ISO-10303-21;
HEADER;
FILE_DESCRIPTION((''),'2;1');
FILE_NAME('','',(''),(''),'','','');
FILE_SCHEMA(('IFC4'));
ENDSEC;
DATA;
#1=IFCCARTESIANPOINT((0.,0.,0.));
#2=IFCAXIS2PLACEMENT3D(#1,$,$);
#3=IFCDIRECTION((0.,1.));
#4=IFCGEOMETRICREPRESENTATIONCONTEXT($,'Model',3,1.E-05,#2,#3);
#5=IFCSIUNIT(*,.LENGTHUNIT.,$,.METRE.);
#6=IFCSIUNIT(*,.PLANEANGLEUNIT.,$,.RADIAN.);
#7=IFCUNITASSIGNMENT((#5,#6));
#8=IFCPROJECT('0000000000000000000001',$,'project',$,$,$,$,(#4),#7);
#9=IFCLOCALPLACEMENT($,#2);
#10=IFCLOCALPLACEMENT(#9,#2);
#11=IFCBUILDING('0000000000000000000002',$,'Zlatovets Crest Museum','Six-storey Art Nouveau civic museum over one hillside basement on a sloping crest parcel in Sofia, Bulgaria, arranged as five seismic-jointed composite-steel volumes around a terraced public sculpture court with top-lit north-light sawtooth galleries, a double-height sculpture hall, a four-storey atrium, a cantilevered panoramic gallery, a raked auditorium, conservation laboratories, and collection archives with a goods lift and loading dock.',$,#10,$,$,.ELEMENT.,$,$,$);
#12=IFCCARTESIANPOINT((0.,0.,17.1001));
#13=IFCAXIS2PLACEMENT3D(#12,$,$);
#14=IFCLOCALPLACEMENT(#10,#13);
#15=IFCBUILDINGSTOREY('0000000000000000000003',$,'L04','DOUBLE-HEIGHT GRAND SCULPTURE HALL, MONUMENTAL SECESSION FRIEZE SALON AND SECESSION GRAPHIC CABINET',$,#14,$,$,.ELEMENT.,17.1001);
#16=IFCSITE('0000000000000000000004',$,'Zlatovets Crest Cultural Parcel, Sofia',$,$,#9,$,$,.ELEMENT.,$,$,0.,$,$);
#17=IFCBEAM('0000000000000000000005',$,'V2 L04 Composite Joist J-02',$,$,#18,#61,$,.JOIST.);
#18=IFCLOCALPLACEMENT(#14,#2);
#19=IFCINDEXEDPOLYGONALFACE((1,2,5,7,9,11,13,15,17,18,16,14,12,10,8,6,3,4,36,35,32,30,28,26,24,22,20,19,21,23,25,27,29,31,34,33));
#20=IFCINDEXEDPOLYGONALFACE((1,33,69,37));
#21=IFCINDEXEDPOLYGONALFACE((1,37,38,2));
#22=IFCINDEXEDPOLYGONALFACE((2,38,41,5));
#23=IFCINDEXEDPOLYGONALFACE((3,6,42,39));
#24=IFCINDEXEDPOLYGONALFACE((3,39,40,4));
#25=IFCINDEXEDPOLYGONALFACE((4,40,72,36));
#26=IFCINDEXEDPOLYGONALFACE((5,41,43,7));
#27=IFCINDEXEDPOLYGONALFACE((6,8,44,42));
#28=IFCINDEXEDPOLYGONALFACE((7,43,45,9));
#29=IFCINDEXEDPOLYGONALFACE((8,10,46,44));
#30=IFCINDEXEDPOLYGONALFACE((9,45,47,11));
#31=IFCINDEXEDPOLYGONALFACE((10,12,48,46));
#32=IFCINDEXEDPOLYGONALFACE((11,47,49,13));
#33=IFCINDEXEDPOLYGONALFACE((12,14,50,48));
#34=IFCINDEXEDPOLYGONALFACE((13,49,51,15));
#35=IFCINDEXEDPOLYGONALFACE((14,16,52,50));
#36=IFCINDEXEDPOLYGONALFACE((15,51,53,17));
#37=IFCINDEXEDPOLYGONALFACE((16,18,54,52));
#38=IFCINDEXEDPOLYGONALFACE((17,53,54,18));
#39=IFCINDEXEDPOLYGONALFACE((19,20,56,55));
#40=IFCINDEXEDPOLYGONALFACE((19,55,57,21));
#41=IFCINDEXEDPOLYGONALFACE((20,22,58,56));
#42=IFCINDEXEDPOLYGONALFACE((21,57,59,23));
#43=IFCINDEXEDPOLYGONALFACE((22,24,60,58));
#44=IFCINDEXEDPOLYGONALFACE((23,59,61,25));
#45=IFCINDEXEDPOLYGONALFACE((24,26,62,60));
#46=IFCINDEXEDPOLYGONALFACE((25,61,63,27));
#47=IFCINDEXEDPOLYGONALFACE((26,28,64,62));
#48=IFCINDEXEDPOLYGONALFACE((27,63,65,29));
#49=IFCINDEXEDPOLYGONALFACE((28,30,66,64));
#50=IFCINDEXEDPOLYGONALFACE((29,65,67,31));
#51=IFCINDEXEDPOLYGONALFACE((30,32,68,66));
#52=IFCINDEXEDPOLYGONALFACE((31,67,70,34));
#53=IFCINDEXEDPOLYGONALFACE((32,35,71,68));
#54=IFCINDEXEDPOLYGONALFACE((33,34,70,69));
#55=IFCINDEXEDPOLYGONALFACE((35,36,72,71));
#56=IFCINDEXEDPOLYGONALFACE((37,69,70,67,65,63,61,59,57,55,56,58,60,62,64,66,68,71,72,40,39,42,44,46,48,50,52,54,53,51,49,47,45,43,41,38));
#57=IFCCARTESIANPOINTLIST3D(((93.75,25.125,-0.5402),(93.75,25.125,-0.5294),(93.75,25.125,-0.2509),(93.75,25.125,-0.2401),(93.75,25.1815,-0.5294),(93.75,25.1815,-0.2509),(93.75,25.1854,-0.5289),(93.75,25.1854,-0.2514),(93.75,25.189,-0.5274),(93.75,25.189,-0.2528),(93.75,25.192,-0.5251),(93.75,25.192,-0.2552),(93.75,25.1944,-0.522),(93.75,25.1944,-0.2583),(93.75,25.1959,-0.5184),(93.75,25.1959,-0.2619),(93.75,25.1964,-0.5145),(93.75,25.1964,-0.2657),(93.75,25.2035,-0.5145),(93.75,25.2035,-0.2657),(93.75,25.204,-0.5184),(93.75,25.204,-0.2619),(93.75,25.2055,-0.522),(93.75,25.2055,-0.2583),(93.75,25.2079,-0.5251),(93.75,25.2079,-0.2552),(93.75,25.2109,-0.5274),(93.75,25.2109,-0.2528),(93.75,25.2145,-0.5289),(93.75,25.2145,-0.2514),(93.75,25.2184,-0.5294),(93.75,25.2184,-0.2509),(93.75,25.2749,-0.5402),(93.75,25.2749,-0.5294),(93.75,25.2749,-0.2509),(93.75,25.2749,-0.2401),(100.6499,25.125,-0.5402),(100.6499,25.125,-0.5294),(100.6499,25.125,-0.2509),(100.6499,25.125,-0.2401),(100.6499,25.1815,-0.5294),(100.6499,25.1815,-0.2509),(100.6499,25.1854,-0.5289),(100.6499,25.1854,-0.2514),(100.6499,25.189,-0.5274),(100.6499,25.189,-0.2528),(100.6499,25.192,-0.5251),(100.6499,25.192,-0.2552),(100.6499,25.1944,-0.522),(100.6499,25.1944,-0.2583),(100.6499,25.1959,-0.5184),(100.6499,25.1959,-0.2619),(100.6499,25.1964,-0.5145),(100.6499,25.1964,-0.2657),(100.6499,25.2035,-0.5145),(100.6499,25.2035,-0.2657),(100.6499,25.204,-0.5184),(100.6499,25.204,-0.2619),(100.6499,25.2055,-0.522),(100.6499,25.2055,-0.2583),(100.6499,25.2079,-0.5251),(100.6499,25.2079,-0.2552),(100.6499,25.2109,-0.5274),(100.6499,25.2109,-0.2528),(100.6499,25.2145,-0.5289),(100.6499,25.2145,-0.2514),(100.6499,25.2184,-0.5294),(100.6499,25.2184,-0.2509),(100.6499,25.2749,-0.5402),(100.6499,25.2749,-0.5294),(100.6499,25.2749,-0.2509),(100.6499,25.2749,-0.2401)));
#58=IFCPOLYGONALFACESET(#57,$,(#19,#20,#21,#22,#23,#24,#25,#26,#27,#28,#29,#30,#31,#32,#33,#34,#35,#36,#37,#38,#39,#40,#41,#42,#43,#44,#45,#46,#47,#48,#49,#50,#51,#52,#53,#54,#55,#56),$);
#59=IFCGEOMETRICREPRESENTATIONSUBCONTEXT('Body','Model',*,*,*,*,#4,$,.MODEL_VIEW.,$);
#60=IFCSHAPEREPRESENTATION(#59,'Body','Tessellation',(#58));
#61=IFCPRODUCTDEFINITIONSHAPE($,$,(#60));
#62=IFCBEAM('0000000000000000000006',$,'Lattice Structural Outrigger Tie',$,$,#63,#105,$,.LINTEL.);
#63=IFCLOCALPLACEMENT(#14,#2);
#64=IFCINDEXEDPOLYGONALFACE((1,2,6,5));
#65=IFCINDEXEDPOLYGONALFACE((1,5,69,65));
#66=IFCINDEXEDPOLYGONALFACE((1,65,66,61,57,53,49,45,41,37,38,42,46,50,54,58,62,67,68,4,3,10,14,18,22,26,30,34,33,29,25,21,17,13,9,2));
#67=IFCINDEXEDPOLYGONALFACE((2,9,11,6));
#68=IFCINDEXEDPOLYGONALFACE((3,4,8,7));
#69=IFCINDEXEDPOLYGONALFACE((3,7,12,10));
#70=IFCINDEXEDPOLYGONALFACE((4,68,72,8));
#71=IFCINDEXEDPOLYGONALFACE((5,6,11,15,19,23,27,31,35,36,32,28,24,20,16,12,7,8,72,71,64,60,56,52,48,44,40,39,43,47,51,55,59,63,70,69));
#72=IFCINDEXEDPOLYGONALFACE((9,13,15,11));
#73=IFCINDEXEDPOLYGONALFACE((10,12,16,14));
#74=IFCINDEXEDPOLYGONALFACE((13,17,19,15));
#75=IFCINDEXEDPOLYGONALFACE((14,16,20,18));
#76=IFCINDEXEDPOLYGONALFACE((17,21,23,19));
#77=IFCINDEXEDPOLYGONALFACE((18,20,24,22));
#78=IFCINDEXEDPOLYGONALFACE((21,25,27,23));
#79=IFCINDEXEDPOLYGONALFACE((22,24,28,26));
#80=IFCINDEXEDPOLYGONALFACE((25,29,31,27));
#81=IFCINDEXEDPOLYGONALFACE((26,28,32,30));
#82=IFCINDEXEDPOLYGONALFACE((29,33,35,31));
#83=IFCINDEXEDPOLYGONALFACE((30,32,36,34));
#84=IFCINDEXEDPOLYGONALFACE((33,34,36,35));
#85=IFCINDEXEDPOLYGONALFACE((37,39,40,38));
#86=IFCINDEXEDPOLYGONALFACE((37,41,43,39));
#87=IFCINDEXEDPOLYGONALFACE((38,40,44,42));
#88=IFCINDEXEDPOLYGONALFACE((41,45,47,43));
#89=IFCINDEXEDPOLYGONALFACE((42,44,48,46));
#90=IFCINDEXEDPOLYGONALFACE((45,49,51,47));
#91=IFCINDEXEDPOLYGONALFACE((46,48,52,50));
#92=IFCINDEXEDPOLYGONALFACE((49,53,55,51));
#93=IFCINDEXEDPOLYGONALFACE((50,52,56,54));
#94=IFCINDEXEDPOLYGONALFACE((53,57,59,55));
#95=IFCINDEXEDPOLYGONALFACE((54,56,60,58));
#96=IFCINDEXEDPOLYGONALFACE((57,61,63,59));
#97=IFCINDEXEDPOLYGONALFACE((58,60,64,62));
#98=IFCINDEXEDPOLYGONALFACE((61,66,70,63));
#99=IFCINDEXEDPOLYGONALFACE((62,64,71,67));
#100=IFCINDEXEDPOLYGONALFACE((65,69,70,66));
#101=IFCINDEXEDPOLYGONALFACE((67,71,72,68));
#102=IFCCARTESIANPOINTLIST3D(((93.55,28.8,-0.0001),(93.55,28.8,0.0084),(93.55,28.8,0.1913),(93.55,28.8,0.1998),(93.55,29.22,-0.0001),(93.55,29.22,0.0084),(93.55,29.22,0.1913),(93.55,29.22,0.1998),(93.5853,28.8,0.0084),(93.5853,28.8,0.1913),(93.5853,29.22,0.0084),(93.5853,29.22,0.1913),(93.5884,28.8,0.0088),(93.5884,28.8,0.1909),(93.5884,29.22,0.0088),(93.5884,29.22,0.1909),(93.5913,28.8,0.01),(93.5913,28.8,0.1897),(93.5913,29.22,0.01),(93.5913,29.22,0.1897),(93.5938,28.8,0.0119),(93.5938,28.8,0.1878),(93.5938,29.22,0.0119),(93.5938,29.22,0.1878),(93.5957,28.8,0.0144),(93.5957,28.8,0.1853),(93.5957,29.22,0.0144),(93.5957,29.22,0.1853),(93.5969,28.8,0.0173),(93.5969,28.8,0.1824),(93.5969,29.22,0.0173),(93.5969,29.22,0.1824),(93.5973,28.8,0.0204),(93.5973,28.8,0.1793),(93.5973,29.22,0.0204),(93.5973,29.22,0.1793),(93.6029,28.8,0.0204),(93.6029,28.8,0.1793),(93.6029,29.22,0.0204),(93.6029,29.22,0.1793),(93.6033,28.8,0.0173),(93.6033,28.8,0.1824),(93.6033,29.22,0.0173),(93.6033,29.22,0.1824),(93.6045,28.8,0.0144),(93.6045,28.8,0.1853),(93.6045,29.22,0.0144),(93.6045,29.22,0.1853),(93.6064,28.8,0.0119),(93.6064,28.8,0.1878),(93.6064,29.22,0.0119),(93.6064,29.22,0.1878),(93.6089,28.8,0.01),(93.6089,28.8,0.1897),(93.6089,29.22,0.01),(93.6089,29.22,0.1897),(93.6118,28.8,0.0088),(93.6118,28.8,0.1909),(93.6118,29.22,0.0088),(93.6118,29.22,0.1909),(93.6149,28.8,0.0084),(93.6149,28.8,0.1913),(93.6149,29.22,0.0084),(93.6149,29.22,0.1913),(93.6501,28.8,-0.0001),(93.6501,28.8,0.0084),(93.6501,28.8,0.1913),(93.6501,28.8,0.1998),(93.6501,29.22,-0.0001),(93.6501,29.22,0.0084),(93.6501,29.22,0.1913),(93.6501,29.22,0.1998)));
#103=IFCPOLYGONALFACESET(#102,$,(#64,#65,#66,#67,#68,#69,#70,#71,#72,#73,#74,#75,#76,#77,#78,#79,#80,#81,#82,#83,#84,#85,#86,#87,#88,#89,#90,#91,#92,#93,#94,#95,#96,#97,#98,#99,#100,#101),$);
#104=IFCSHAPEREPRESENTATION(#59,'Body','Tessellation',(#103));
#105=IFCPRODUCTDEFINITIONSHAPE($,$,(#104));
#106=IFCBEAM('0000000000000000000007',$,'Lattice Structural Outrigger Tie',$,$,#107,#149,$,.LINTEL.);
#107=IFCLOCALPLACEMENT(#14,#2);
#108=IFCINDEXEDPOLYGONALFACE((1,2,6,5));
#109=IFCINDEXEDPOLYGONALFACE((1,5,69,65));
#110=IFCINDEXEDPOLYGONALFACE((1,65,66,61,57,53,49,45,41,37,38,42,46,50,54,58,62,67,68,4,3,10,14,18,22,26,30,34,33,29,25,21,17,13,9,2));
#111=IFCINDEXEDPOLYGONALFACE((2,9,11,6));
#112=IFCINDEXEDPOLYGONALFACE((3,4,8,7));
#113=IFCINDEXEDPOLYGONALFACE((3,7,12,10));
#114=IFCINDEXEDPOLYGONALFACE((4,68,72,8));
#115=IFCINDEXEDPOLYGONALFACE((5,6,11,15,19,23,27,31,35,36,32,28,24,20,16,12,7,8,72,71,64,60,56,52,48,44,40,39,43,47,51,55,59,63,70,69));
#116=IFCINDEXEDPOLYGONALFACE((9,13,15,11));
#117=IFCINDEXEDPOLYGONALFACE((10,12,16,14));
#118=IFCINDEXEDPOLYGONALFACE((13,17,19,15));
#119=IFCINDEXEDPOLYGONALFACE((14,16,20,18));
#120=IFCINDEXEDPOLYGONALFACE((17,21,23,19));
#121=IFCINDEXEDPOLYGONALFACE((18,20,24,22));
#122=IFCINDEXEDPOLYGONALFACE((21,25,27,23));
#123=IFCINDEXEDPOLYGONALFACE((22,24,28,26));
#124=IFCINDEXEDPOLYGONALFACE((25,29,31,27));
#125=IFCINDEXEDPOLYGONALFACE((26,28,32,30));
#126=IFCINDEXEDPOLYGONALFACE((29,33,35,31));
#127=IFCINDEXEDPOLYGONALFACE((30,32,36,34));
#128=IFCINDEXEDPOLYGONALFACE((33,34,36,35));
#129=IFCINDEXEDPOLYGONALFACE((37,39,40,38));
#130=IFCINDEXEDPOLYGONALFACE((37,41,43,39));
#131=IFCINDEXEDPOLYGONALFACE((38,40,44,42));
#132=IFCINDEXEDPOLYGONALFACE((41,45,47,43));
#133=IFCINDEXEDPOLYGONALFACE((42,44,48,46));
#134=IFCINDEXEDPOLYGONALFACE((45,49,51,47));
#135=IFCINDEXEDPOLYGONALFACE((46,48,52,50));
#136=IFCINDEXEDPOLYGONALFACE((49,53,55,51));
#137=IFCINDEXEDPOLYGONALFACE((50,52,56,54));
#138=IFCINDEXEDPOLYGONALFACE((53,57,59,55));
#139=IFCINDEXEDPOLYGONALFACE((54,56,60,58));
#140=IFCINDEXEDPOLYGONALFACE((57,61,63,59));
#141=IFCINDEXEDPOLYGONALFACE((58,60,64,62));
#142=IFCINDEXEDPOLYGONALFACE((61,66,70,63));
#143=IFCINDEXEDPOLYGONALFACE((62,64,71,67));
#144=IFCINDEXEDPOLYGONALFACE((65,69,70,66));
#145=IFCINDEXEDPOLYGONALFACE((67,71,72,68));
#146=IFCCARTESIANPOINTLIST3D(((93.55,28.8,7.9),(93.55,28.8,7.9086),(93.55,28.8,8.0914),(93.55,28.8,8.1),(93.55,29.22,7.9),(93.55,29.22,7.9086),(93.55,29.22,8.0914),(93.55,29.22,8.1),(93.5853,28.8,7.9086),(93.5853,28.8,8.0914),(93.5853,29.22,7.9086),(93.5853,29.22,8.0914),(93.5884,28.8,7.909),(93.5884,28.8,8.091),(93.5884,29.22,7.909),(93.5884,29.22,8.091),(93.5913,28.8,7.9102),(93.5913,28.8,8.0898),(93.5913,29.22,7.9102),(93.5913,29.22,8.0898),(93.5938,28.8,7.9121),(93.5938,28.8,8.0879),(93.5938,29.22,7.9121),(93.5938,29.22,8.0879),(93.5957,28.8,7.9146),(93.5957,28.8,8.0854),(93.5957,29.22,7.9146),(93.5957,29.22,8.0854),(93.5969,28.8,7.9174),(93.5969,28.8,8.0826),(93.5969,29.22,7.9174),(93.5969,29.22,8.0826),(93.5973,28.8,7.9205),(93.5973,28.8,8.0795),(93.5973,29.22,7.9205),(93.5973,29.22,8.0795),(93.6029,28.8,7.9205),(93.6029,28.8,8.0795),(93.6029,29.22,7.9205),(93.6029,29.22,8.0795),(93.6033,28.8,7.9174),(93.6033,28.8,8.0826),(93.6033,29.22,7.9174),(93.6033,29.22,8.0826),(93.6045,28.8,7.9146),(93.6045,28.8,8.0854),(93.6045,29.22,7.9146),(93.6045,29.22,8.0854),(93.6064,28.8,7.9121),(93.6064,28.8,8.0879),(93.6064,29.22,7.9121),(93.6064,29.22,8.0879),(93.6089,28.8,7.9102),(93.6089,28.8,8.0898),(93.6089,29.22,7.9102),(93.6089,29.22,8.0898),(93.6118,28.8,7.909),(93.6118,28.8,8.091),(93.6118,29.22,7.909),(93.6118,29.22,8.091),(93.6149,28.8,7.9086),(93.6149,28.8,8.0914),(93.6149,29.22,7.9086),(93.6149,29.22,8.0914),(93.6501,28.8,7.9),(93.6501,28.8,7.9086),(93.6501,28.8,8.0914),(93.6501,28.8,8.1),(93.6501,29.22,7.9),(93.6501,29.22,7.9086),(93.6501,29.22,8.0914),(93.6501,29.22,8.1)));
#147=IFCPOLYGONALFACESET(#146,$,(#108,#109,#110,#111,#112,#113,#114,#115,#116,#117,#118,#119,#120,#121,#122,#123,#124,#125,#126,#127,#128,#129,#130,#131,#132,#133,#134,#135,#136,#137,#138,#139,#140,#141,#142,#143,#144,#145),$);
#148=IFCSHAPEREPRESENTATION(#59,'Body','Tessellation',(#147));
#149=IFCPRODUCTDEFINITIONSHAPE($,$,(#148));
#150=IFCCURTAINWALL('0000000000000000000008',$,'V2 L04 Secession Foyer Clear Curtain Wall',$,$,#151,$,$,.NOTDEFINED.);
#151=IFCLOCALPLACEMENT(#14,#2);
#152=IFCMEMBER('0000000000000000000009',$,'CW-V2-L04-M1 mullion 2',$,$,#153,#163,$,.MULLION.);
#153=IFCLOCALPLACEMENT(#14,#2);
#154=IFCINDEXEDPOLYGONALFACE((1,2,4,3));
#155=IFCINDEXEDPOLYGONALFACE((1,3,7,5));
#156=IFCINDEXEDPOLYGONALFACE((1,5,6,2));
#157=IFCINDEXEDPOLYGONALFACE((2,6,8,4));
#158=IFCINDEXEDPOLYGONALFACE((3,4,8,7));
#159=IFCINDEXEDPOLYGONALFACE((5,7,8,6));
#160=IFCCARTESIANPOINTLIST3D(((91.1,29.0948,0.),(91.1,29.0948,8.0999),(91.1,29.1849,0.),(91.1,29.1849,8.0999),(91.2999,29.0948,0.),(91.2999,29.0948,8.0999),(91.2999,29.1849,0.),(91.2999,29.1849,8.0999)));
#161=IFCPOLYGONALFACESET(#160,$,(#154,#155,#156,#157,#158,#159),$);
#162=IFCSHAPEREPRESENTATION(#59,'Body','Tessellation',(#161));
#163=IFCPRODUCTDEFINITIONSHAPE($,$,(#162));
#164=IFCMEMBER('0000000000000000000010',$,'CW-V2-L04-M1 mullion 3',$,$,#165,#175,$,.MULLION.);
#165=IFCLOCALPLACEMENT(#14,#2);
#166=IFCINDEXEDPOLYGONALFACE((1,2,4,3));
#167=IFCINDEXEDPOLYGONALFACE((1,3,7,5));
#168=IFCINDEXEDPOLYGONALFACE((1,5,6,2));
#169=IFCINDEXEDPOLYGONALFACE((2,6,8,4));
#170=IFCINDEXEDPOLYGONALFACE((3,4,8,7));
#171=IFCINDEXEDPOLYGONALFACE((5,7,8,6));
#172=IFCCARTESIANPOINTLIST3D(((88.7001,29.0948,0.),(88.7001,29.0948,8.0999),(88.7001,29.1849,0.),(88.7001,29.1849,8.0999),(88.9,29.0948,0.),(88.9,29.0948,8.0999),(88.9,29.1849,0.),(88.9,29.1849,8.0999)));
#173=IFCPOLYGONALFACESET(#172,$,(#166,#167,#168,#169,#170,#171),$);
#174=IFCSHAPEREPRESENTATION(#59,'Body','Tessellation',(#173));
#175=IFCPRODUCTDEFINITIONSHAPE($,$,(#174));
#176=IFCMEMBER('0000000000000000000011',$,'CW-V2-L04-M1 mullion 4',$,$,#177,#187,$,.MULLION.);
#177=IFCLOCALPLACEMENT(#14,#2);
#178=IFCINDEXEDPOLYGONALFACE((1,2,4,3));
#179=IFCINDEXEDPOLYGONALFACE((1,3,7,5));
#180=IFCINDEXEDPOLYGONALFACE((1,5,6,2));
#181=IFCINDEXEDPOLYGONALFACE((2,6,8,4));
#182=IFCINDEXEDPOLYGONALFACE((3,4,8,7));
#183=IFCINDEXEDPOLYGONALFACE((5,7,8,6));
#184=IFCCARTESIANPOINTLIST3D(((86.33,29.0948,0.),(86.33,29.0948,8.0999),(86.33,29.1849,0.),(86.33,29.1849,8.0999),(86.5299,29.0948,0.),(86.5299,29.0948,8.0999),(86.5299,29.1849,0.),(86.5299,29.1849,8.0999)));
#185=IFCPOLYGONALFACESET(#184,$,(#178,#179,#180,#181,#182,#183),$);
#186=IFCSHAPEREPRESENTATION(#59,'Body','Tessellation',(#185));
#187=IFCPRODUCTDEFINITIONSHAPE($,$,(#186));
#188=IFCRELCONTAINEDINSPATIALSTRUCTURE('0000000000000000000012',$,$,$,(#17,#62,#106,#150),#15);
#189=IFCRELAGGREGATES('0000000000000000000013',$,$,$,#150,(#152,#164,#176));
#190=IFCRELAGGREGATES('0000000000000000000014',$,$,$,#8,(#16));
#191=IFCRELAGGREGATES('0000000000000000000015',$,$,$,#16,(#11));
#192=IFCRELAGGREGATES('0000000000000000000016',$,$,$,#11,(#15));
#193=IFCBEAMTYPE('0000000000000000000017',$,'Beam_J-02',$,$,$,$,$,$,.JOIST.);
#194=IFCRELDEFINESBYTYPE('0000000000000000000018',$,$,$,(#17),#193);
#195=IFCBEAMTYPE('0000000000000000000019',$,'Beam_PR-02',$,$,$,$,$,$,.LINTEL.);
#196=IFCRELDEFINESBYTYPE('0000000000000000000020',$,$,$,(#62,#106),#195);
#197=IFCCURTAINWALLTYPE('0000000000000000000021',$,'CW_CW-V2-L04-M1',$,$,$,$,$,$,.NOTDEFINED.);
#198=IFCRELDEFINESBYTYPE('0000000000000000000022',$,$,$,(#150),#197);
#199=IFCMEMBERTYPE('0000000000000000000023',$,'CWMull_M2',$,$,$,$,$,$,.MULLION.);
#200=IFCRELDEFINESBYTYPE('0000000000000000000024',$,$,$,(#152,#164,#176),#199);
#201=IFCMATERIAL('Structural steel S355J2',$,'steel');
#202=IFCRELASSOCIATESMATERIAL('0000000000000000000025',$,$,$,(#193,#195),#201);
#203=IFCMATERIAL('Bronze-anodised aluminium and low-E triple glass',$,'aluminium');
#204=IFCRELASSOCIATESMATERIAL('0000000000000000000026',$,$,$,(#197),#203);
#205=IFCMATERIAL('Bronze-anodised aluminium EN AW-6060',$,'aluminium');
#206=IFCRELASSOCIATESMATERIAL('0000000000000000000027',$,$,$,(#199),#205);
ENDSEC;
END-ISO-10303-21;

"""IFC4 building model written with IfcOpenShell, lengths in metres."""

from ifc_helpers import new_model, si_unit, direction, frame, origin, origin_2d, place, context, subcontext, project, spatial, rectangle, i_section, extrude, material, material_profile, profile_set, type_object, element, aggregate, save


model = new_model("IFC4")

# Units and contexts
model_context = context("Model", 3, precision=1e-05, world=origin(), true_north=direction((0.0, 1.0)))
body_context = subcontext(model_context, "Body", "Model", "MODEL_VIEW")
ifc_project = project(units=[si_unit("LENGTHUNIT", "METRE"), si_unit("PLANEANGLEUNIT", "RADIAN")], contexts=[model_context])

# Site, building, storey
site_placement = place(None, origin())
site = spatial("IfcSite", under=ifc_project, at=site_placement, Name="Zlatovets Crest Cultural Parcel, Sofia", CompositionType="ELEMENT", RefElevation=0.0)
building_placement = place(site_placement, origin())
building = spatial("IfcBuilding", under=site, at=building_placement, Name="Zlatovets Crest Museum", Description="Six-storey Art Nouveau civic museum over one hillside basement on a sloping crest parcel in Sofia, Bulgaria, arranged as five seismic-jointed composite-steel volumes around a terraced public sculpture court with top-lit north-light sawtooth galleries, a double-height sculpture hall, a four-storey atrium, a cantilevered panoramic gallery, a raked auditorium, conservation laboratories, and collection archives with a goods lift and loading dock.", CompositionType="ELEMENT")
storey_placement = place(building_placement, frame((0.0, 0.0, 17.1001)))
storey = spatial("IfcBuildingStorey", under=building, at=storey_placement, Name="L04", Description="DOUBLE-HEIGHT GRAND SCULPTURE HALL, MONUMENTAL SECESSION FRIEZE SALON AND SECESSION GRAPHIC CABINET", CompositionType="ELEMENT", Elevation=17.1001)

# Shared definitions
ifc_material_1 = material(Name="Structural steel S355J2", Category="steel")

# Beams
ifc_material_profile_1 = material_profile(ifc_material_1, i_section(OverallWidth=0.1499, OverallDepth=0.3, WebThickness=0.0071, FlangeThickness=0.0107, FilletRadius=0.0149, at=origin_2d()), Name="IPE 300")
ifc_profile_set_1 = profile_set([ifc_material_profile_1], Name="Structural steel S355J2")
beam_type_1 = type_object("IfcBeamType", Name="Beam_J-02", PredefinedType="JOIST", material=ifc_profile_set_1)
for number, where, z_axis, x_axis, name in (
    (1, (93.75, 25.2, -0.3901), (1.0, 0.0, 0.0), (0.0, 1.0, 0.0), "V2 L04 Composite Joist J-02"),
):
    element("IfcBeam", number, at=place(storey_placement, frame(where, z_axis=z_axis, x_axis=x_axis)), inside=storey, type_object=beam_type_1, Name=name, PredefinedType="JOIST", context=body_context, shape_type="SweptSolid", body=[
        extrude(i_section(OverallWidth=0.1499, OverallDepth=0.3, WebThickness=0.0071, FlangeThickness=0.0107, FilletRadius=0.0149, at=origin_2d()), origin(), (0.0, 0.0, 1.0), 6.8999),
    ])
ifc_material_profile_2 = material_profile(ifc_material_1, i_section(OverallWidth=0.1001, OverallDepth=0.2, WebThickness=0.0056, FlangeThickness=0.0085, FilletRadius=0.012, at=origin_2d()), Name="IPE 200")
ifc_profile_set_2 = profile_set([ifc_material_profile_2], Name="Structural steel S355J2")
beam_type_2 = type_object("IfcBeamType", Name="Beam_PR-02", PredefinedType="LINTEL", material=ifc_profile_set_2)
for number, where, z_axis, x_axis, name in (
    (2, (93.6001, 28.8, 0.0999), (0.0, 1.0, 0.0), (-1.0, 0.0, 0.0), "Lattice Structural Outrigger Tie"),
    (3, (93.6001, 28.8, 8.0), (0.0, 1.0, 0.0), (-1.0, 0.0, 0.0), "Lattice Structural Outrigger Tie"),
):
    element("IfcBeam", number, at=place(storey_placement, frame(where, z_axis=z_axis, x_axis=x_axis)), inside=storey, type_object=beam_type_2, Name=name, PredefinedType="LINTEL", context=body_context, shape_type="SweptSolid", body=[
        extrude(i_section(OverallWidth=0.1001, OverallDepth=0.2, WebThickness=0.0056, FlangeThickness=0.0085, FilletRadius=0.012, at=origin_2d()), origin(), (0.0, 0.0, 1.0), 0.4199),
    ])

# Curtain wall, members
ifc_material_2 = material(Name="Bronze-anodised aluminium and low-E triple glass", Category="aluminium")
curtain_wall_type = type_object("IfcCurtainWallType", Name="CW_CW-V2-L04-M1", PredefinedType="NOTDEFINED", material=ifc_material_2)
curtain_wall_placement = place(storey_placement, origin())
curtain_wall = element("IfcCurtainWall", 4, at=curtain_wall_placement, inside=storey, type_object=curtain_wall_type, Name="V2 L04 Secession Foyer Clear Curtain Wall", PredefinedType="NOTDEFINED")
ifc_material_3 = material(Name="Bronze-anodised aluminium EN AW-6060", Category="aluminium")
ifc_material_profile_3 = material_profile(ifc_material_3, rectangle(XDim=0.0901, YDim=0.2, at=origin_2d()), Name="ALU 90x200")
ifc_profile_set_3 = profile_set([ifc_material_profile_3], Name="Bronze-anodised aluminium EN AW-6060")
member_type_1 = type_object("IfcMemberType", Name="CWMull_M2", PredefinedType="MULLION", material=ifc_profile_set_3)
member_1_placement = place(storey_placement, frame((91.2, 29.1399, 0.0), z_axis=(0.0, 0.0, 1.0), x_axis=(0.0, -1.0, 0.0)))
member_1 = element("IfcMember", 5, at=member_1_placement, type_object=member_type_1, Name="CW-V2-L04-M1 mullion 2", PredefinedType="MULLION", context=body_context, shape_type="SweptSolid", body=[
    extrude(rectangle(XDim=0.0901, YDim=0.2, at=origin_2d()), origin(), (0.0, 0.0, 1.0), 8.0999),
])
member_2_placement = place(storey_placement, frame((88.8, 29.1399, 0.0), z_axis=(0.0, 0.0, 1.0), x_axis=(0.0, -1.0, 0.0)))
member_2 = element("IfcMember", 6, at=member_2_placement, type_object=member_type_1, Name="CW-V2-L04-M1 mullion 3", PredefinedType="MULLION", context=body_context, shape_type="SweptSolid", body=[
    extrude(rectangle(XDim=0.0901, YDim=0.2, at=origin_2d()), origin(), (0.0, 0.0, 1.0), 8.0999),
])
member_3_placement = place(storey_placement, frame((86.4299, 29.1399, 0.0), z_axis=(0.0, 0.0, 1.0), x_axis=(0.0, -1.0, 0.0)))
member_3 = element("IfcMember", 7, at=member_3_placement, type_object=member_type_1, Name="CW-V2-L04-M1 mullion 4", PredefinedType="MULLION", context=body_context, shape_type="SweptSolid", body=[
    extrude(rectangle(XDim=0.0901, YDim=0.2, at=origin_2d()), origin(), (0.0, 0.0, 1.0), 8.0999),
])
aggregate(curtain_wall, [member_1, member_2, member_3])

save(model, "model.ifc")
